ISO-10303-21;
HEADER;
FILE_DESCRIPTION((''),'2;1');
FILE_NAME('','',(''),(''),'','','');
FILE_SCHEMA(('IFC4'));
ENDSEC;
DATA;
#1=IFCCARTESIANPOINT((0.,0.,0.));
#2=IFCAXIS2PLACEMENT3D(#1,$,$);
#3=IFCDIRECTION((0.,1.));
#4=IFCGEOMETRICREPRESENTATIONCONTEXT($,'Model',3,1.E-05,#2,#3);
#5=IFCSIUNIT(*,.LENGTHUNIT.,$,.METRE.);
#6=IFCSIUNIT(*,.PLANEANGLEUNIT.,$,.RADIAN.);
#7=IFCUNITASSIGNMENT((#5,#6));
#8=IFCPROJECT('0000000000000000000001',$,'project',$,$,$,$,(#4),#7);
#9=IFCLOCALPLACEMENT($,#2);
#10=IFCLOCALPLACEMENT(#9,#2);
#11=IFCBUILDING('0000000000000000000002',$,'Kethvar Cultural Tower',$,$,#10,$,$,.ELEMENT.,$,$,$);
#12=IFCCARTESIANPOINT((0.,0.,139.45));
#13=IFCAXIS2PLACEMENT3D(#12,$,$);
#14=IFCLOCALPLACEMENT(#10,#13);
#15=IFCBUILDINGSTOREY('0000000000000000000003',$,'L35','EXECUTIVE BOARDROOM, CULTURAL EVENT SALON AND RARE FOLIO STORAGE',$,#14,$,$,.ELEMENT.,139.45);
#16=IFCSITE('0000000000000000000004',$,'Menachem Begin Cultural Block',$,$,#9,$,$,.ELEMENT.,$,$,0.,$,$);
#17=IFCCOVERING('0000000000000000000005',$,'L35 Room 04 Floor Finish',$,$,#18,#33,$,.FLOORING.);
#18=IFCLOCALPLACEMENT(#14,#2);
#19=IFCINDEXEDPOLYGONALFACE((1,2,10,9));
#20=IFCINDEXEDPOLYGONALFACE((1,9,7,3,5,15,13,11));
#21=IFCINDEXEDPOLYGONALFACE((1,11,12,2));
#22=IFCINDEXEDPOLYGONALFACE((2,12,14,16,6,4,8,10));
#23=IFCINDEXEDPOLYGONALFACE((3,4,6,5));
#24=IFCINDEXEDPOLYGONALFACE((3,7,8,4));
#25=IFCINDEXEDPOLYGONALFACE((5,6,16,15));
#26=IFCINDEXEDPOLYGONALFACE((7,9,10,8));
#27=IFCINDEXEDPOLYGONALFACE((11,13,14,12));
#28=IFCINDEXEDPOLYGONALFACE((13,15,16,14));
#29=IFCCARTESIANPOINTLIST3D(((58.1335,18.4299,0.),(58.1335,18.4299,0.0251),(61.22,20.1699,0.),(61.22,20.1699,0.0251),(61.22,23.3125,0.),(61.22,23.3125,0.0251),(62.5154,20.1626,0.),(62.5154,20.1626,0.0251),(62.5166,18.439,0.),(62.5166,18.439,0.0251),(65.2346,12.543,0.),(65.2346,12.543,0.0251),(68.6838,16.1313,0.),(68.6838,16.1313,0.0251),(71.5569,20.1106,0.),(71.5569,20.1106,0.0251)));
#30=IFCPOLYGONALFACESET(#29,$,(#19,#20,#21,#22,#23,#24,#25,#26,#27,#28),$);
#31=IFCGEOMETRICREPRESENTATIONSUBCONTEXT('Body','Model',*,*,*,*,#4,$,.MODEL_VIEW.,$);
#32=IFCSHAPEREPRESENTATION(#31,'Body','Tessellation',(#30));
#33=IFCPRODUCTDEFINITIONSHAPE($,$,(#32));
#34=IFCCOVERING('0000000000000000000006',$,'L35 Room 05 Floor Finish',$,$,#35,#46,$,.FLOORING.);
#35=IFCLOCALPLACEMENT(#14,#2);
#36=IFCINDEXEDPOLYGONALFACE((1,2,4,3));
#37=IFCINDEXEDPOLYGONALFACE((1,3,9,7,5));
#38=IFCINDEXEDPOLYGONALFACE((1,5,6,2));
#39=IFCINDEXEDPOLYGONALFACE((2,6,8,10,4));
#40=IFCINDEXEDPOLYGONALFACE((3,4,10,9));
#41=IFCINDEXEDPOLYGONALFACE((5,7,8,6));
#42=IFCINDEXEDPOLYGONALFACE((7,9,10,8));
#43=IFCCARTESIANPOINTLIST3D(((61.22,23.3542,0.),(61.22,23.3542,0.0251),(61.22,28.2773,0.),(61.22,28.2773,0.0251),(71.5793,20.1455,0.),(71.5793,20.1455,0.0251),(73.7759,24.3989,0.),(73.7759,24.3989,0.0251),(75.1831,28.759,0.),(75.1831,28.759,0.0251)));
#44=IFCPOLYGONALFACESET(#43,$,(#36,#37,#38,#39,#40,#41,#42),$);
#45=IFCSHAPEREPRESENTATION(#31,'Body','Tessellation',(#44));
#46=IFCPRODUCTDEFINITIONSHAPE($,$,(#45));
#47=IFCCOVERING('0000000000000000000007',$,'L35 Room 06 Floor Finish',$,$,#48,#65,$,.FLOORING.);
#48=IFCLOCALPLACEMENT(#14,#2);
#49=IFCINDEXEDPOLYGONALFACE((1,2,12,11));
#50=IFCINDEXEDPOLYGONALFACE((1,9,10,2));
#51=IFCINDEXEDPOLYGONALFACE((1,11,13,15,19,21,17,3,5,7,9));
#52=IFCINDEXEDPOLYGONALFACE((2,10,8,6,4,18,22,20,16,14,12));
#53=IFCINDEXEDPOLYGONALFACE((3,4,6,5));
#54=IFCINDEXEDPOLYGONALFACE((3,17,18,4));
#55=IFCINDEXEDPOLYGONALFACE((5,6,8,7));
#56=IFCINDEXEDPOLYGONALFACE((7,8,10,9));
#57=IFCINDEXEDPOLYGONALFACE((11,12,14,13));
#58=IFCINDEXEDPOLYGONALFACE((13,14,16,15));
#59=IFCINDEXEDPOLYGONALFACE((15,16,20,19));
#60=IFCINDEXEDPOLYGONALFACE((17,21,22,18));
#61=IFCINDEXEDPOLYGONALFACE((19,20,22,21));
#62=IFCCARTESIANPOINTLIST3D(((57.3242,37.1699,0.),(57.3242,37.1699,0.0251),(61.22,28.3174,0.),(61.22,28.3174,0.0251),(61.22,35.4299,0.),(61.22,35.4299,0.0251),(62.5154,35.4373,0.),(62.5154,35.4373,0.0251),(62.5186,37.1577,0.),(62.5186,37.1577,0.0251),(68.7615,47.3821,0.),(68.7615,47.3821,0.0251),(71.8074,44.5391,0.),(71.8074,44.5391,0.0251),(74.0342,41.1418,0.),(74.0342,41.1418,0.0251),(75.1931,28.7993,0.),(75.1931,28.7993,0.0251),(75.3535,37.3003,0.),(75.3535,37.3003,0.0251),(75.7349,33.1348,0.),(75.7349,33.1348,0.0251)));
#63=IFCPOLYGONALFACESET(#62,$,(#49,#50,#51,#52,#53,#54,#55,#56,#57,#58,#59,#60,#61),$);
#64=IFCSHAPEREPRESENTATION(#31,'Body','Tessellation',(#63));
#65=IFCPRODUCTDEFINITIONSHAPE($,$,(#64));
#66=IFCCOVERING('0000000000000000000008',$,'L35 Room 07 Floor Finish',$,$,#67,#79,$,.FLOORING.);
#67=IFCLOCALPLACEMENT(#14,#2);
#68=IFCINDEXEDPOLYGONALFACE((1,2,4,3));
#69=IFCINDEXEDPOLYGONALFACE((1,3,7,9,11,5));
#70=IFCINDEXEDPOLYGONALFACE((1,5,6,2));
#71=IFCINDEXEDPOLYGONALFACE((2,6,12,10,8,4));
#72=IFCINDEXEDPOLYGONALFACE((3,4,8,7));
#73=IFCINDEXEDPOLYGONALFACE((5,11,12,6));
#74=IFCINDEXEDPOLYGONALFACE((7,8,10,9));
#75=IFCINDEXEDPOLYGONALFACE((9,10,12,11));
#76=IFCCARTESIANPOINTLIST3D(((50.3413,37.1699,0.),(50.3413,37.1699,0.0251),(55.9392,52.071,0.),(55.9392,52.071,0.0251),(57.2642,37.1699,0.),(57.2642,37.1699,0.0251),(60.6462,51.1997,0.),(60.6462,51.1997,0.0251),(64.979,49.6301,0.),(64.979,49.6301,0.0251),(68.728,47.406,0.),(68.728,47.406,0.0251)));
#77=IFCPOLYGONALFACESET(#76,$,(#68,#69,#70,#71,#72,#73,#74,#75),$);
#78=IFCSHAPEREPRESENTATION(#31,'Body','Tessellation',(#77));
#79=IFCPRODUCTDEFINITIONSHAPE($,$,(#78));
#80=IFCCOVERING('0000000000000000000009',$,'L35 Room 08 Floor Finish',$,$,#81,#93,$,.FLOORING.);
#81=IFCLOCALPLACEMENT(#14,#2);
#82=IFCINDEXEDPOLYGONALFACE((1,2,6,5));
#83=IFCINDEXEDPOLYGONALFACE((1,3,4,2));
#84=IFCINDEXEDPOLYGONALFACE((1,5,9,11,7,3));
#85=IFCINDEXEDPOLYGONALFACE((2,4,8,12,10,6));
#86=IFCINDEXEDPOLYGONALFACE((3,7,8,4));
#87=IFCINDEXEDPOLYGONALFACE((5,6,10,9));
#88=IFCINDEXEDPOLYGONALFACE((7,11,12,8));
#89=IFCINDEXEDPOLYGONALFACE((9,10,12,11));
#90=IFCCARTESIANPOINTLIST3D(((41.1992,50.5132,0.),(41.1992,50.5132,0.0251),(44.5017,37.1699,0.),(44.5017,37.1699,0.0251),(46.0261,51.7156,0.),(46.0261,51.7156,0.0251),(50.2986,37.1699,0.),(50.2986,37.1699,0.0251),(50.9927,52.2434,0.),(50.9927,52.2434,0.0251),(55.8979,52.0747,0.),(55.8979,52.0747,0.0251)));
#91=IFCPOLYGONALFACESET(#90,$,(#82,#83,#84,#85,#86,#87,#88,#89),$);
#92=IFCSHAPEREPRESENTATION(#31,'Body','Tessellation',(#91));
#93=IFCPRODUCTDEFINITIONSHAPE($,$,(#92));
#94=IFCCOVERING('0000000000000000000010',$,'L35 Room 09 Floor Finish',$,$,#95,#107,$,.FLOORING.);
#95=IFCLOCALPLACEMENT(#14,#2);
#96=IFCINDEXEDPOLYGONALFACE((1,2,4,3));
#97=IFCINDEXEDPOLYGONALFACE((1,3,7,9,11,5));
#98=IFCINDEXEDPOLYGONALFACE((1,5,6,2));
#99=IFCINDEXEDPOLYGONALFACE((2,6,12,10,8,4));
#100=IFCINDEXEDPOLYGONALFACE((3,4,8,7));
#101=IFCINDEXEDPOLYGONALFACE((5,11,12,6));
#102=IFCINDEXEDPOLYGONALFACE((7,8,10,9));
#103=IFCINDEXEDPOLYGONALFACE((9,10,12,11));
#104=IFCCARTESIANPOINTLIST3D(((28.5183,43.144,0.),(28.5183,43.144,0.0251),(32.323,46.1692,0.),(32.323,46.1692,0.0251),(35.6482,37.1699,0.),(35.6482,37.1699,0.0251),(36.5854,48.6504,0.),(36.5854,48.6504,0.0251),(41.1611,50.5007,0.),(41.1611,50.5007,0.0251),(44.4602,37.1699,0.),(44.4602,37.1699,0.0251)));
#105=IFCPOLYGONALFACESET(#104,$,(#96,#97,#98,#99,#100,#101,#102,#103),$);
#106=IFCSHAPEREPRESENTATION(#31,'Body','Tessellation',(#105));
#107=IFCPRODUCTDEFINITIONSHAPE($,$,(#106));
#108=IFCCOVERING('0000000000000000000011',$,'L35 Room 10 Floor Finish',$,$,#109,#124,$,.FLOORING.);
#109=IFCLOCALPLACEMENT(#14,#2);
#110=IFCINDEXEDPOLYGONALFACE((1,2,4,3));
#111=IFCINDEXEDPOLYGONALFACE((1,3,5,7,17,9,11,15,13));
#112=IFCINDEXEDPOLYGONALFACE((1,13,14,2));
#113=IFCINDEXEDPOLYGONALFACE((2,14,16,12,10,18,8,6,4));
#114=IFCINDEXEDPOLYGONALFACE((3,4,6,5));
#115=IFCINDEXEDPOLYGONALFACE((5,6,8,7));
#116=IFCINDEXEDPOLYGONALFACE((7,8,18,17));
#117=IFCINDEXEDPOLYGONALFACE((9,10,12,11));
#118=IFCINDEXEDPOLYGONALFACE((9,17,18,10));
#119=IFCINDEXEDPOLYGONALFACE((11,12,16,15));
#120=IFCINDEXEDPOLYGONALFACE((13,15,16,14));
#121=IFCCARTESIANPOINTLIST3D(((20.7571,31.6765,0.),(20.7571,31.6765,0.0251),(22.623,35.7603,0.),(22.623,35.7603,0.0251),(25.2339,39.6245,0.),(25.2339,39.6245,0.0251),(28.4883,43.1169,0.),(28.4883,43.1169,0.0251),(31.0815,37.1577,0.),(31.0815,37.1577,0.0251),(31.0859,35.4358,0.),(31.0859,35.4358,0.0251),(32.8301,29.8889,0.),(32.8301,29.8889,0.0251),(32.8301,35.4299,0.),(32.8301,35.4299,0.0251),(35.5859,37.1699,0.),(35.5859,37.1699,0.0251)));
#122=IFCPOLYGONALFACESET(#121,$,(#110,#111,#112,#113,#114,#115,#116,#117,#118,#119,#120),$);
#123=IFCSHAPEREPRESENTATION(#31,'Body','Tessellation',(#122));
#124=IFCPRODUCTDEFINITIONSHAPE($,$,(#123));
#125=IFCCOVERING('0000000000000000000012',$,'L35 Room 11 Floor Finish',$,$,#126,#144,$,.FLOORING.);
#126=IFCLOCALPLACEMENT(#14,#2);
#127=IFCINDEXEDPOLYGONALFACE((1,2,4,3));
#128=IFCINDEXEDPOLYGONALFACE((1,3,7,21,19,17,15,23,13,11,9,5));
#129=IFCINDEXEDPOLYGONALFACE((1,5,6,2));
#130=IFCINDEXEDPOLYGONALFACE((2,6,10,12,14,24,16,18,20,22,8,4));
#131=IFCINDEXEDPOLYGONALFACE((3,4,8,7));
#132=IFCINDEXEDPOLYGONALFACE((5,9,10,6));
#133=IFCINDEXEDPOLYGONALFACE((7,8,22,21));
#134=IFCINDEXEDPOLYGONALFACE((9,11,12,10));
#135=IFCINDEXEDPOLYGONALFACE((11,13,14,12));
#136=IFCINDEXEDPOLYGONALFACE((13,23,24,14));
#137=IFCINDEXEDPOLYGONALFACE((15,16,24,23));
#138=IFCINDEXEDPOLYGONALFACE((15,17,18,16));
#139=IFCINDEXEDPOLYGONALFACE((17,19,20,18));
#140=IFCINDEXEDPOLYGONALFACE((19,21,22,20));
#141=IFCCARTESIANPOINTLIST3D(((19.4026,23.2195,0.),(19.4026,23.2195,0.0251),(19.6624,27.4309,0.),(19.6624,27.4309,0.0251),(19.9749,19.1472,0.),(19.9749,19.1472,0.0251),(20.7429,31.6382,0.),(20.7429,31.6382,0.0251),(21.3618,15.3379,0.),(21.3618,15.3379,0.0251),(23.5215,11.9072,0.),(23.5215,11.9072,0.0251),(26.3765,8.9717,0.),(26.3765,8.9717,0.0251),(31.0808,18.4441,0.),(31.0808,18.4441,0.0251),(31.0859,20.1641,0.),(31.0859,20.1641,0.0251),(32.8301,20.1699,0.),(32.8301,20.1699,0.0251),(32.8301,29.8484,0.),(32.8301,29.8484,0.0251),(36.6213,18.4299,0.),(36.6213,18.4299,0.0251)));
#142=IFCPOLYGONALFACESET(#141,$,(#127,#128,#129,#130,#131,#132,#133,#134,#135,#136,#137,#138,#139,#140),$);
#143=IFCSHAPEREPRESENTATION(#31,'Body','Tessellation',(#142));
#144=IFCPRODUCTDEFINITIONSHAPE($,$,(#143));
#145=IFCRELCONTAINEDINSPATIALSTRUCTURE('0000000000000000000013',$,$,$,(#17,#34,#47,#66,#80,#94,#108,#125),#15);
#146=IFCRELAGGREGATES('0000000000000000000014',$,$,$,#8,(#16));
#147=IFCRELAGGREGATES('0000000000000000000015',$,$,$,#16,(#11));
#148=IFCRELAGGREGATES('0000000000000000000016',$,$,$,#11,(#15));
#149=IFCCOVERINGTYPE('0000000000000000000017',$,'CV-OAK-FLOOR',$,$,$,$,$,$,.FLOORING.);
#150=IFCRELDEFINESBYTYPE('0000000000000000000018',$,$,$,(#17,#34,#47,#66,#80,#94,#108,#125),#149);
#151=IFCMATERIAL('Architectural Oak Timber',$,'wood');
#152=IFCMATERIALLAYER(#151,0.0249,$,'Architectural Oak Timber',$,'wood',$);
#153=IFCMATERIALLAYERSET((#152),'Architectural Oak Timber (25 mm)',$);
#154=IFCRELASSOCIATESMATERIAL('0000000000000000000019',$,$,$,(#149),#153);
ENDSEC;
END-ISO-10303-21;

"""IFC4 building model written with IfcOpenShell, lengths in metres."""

from ifc_helpers import new_model, si_unit, direction, frame, origin, place, context, subcontext, project, spatial, polyline, outline, extrude, material, layer, layer_set, type_object, element, save


model = new_model("IFC4")

# Units and contexts
model_context = context("Model", 3, precision=1e-05, world=origin(), true_north=direction((0.0, 1.0)))
body_context = subcontext(model_context, "Body", "Model", "MODEL_VIEW")
ifc_project = project(units=[si_unit("LENGTHUNIT", "METRE"), si_unit("PLANEANGLEUNIT", "RADIAN")], contexts=[model_context])

# Site, building, storey
site_placement = place(None, origin())
site = spatial("IfcSite", under=ifc_project, at=site_placement, Name="Menachem Begin Cultural Block", CompositionType="ELEMENT", RefElevation=0.0)
building_placement = place(site_placement, origin())
building = spatial("IfcBuilding", under=site, at=building_placement, Name="Kethvar Cultural Tower", CompositionType="ELEMENT")
storey_placement = place(building_placement, frame((0.0, 0.0, 139.45)))
storey = spatial("IfcBuildingStorey", under=building, at=storey_placement, Name="L35", Description="EXECUTIVE BOARDROOM, CULTURAL EVENT SALON AND RARE FOLIO STORAGE", CompositionType="ELEMENT", Elevation=139.45)

# Coverings
ifc_material_1 = material(Name="Architectural Oak Timber", Category="wood")
ifc_layer_1 = layer(ifc_material_1, 0.0249, Name="Architectural Oak Timber", Category="wood")
ifc_layer_set_1 = layer_set([ifc_layer_1], Name="Architectural Oak Timber (25 mm)")
covering_type_1 = type_object("IfcCoveringType", Name="CV-OAK-FLOOR", PredefinedType="FLOORING", material=ifc_layer_set_1)
covering_1_placement = place(storey_placement, origin())
element("IfcCovering", 1, at=covering_1_placement, inside=storey, type_object=covering_type_1, Name="L35 Room 04 Floor Finish", PredefinedType="FLOORING", context=body_context, shape_type="SweptSolid", body=[
    extrude(outline(polyline([(68.6838, 16.1313), (65.2346, 12.543), (58.1335, 18.4299), (62.5166, 18.439), (62.5154, 20.1626), (61.22, 20.1699), (61.22, 23.3125), (71.5569, 20.1106), (68.6838, 16.1313)])), origin(), (0.0, 0.0, 1.0), 0.0251),
])
covering_2_placement = place(storey_placement, origin())
element("IfcCovering", 2, at=covering_2_placement, inside=storey, type_object=covering_type_1, Name="L35 Room 05 Floor Finish", PredefinedType="FLOORING", context=body_context, shape_type="SweptSolid", body=[
    extrude(outline(polyline([(73.7759, 24.3989), (71.5793, 20.1455), (61.22, 23.3542), (61.22, 28.2773), (75.1831, 28.759), (73.7759, 24.3989)])), origin(), (0.0, 0.0, 1.0), 0.0251),
])
covering_3_placement = place(storey_placement, origin())
element("IfcCovering", 3, at=covering_3_placement, inside=storey, type_object=covering_type_1, Name="L35 Room 06 Floor Finish", PredefinedType="FLOORING", context=body_context, shape_type="SweptSolid", body=[
    extrude(outline(polyline([(75.7349, 33.1348), (75.1931, 28.7993), (61.22, 28.3174), (61.22, 35.4299), (62.5154, 35.4373), (62.5186, 37.1577), (57.3242, 37.1699), (68.7615, 47.3821), (71.8074, 44.5391), (74.0342, 41.1418), (75.3535, 37.3003), (75.7349, 33.1348)])), origin(), (0.0, 0.0, 1.0), 0.0251),
])
covering_4_placement = place(storey_placement, origin())
element("IfcCovering", 4, at=covering_4_placement, inside=storey, type_object=covering_type_1, Name="L35 Room 07 Floor Finish", PredefinedType="FLOORING", context=body_context, shape_type="SweptSolid", body=[
    extrude(outline(polyline([(60.6462, 51.1997), (64.979, 49.6301), (68.728, 47.406), (57.2642, 37.1699), (50.3413, 37.1699), (55.9392, 52.071), (60.6462, 51.1997)])), origin(), (0.0, 0.0, 1.0), 0.0251),
])
covering_5_placement = place(storey_placement, origin())
element("IfcCovering", 5, at=covering_5_placement, inside=storey, type_object=covering_type_1, Name="L35 Room 08 Floor Finish", PredefinedType="FLOORING", context=body_context, shape_type="SweptSolid", body=[
    extrude(outline(polyline([(46.0261, 51.7156), (50.9927, 52.2434), (55.8979, 52.0747), (50.2986, 37.1699), (44.5017, 37.1699), (41.1992, 50.5132), (46.0261, 51.7156)])), origin(), (0.0, 0.0, 1.0), 0.0251),
])
covering_6_placement = place(storey_placement, origin())
element("IfcCovering", 6, at=covering_6_placement, inside=storey, type_object=covering_type_1, Name="L35 Room 09 Floor Finish", PredefinedType="FLOORING", context=body_context, shape_type="SweptSolid", body=[
    extrude(outline(polyline([(28.5183, 43.144), (32.323, 46.1692), (36.5854, 48.6504), (41.1611, 50.5007), (44.4602, 37.1699), (35.6482, 37.1699), (28.5183, 43.144)])), origin(), (0.0, 0.0, 1.0), 0.0251),
])
covering_7_placement = place(storey_placement, origin())
element("IfcCovering", 7, at=covering_7_placement, inside=storey, type_object=covering_type_1, Name="L35 Room 10 Floor Finish", PredefinedType="FLOORING", context=body_context, shape_type="SweptSolid", body=[
    extrude(outline(polyline([(22.623, 35.7603), (25.2339, 39.6245), (28.4883, 43.1169), (35.5859, 37.1699), (31.0815, 37.1577), (31.0859, 35.4358), (32.8301, 35.4299), (32.8301, 29.8889), (20.7571, 31.6765), (22.623, 35.7603)])), origin(), (0.0, 0.0, 1.0), 0.0251),
])
covering_8_placement = place(storey_placement, origin())
element("IfcCovering", 8, at=covering_8_placement, inside=storey, type_object=covering_type_1, Name="L35 Room 11 Floor Finish", PredefinedType="FLOORING", context=body_context, shape_type="SweptSolid", body=[
    extrude(outline(polyline([(23.5215, 11.9072), (21.3618, 15.3379), (19.9749, 19.1472), (19.4026, 23.2195), (19.6624, 27.4309), (20.7429, 31.6382), (32.8301, 29.8484), (32.8301, 20.1699), (31.0859, 20.1641), (31.0808, 18.4441), (36.6213, 18.4299), (26.3765, 8.9717), (23.5215, 11.9072)])), origin(), (0.0, 0.0, 1.0), 0.0251),
])

save(model, "model.ifc")
